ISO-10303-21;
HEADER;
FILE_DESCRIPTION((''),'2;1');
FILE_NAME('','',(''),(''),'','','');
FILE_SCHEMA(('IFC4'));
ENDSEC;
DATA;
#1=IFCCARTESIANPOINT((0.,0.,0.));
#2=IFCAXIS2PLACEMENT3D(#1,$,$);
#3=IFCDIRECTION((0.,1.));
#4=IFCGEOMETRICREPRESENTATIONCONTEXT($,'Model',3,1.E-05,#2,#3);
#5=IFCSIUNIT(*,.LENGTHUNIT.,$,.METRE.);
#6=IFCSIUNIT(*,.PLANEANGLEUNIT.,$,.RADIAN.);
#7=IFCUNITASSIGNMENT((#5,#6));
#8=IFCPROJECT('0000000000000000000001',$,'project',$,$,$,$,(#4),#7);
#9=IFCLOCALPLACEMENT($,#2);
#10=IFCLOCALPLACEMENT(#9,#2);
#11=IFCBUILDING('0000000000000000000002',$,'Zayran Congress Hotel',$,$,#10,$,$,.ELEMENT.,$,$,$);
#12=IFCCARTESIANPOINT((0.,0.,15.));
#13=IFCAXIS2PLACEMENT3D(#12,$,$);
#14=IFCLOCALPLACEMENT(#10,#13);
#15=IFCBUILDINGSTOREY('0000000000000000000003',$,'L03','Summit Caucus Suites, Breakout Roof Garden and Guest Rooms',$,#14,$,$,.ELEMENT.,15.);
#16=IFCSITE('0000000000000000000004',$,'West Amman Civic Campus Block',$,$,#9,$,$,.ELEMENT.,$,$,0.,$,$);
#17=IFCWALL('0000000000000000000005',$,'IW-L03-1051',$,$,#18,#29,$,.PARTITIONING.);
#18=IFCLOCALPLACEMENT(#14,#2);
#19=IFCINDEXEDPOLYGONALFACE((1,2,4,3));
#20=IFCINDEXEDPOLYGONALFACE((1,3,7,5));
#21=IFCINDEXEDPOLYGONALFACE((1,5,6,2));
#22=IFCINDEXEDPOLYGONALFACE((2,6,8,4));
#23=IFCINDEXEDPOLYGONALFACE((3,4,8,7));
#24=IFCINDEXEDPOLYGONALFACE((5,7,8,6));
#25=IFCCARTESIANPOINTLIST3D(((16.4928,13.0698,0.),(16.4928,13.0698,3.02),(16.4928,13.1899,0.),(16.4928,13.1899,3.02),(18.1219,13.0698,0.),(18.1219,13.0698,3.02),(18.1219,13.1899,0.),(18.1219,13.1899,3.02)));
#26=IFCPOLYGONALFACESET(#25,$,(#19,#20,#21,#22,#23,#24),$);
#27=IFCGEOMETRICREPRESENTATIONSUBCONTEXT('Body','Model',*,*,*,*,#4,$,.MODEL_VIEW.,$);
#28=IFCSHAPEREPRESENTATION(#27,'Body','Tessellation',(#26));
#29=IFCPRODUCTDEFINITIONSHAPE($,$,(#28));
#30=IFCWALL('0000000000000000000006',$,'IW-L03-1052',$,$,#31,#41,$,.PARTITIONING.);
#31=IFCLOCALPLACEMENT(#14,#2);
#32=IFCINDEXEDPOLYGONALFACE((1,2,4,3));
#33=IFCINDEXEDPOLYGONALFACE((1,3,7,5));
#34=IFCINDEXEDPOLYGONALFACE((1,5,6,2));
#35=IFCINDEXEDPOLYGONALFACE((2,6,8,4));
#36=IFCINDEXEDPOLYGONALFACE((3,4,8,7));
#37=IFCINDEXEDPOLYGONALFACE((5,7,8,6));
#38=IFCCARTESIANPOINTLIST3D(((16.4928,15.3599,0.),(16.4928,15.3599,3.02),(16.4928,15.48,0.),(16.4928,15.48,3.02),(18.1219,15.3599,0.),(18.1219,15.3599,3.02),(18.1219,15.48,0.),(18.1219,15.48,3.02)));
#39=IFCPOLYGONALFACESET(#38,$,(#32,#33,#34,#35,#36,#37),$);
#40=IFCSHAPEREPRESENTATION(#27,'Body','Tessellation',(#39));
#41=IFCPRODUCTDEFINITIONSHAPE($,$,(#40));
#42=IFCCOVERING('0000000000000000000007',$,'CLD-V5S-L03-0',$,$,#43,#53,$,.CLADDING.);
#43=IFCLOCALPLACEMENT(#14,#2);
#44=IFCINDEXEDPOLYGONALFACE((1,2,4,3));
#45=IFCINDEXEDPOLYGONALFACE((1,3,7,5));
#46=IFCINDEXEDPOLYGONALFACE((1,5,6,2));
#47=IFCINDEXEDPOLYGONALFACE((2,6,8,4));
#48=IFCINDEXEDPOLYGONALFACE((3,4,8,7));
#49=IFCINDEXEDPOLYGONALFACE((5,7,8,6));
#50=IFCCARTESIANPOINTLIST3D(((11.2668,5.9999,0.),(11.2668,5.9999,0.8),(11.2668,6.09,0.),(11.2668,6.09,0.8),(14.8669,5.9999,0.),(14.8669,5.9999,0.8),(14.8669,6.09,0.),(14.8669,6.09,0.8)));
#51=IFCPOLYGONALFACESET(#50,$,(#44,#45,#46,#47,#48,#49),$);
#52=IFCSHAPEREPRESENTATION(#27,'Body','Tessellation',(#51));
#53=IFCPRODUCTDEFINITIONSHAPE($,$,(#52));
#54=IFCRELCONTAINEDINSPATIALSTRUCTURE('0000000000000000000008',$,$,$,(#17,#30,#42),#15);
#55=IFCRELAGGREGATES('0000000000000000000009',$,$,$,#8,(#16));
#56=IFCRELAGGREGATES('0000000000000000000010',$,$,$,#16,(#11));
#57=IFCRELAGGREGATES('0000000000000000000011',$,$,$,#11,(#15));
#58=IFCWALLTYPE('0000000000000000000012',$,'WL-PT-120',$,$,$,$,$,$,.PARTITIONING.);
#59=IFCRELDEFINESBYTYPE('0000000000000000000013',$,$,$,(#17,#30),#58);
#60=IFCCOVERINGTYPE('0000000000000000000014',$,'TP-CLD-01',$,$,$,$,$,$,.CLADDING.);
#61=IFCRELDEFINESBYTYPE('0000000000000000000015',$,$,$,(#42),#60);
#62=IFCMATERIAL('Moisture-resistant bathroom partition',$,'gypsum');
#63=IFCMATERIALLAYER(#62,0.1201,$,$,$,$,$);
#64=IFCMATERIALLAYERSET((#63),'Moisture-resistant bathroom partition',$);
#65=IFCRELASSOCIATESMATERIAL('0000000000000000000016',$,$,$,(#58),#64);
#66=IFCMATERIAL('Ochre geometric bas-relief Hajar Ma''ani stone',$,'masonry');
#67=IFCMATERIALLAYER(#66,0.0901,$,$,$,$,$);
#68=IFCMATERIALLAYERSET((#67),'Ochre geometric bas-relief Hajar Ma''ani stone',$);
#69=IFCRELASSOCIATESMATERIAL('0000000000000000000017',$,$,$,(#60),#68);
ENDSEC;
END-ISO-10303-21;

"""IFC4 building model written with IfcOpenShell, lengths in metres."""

from ifc_helpers import new_model, si_unit, direction, frame, frame_2d, origin, origin_2d, place, context, subcontext, project, spatial, rectangle, extrude, material, layer, layer_set, type_object, element, save


model = new_model("IFC4")

# Units and contexts
model_context = context("Model", 3, precision=1e-05, world=origin(), true_north=direction((0.0, 1.0)))
body_context = subcontext(model_context, "Body", "Model", "MODEL_VIEW")
ifc_project = project(units=[si_unit("LENGTHUNIT", "METRE"), si_unit("PLANEANGLEUNIT", "RADIAN")], contexts=[model_context])

# Site, building, storey
site_placement = place(None, origin())
site = spatial("IfcSite", under=ifc_project, at=site_placement, Name="West Amman Civic Campus Block", CompositionType="ELEMENT", RefElevation=0.0)
building_placement = place(site_placement, origin())
building = spatial("IfcBuilding", under=site, at=building_placement, Name="Zayran Congress Hotel", CompositionType="ELEMENT")
storey_placement = place(building_placement, frame((0.0, 0.0, 15.0)))
storey = spatial("IfcBuildingStorey", under=building, at=storey_placement, Name="L03", Description="Summit Caucus Suites, Breakout Roof Garden and Guest Rooms", CompositionType="ELEMENT", Elevation=15.0)

# Shared definitions
ifc_material_1 = material(Name="Moisture-resistant bathroom partition", Category="gypsum")
ifc_layer_1 = layer(ifc_material_1, 0.1201)
ifc_layer_set_1 = layer_set([ifc_layer_1], Name="Moisture-resistant bathroom partition")
wall_type_1 = type_object("IfcWallType", Name="WL-PT-120", PredefinedType="PARTITIONING", material=ifc_layer_set_1)

# Walls
for number, where, z_axis, x_axis, name in (
    (1, (16.4929, 13.1299, 0.0), (0.0, 0.0, 1.0), (1.0, 0.0, 0.0), "IW-L03-1051"),
    (2, (16.4929, 15.4199, 0.0), (0.0, 0.0, 1.0), (1.0, 0.0, 0.0), "IW-L03-1052"),
):
    element("IfcWall", number, at=place(storey_placement, frame(where, z_axis=z_axis, x_axis=x_axis)), inside=storey, type_object=wall_type_1, Name=name, PredefinedType="PARTITIONING", context=body_context, shape_type="SweptSolid", body=[
        extrude(rectangle(XDim=1.6292, YDim=0.1201, at=frame_2d((0.8145, 0.0))), origin(), (0.0, 0.0, 1.0), 3.02),
    ])

# Covering
ifc_material_2 = material(Name="Ochre geometric bas-relief Hajar Ma'ani stone", Category="masonry")
ifc_layer_2 = layer(ifc_material_2, 0.0901)
ifc_layer_set_2 = layer_set([ifc_layer_2], Name="Ochre geometric bas-relief Hajar Ma'ani stone")
covering_type = type_object("IfcCoveringType", Name="TP-CLD-01", PredefinedType="CLADDING", material=ifc_layer_set_2)
covering_placement = place(storey_placement, frame((13.0669, 6.0449, 0.0), z_axis=(0.0, 0.0, 1.0), x_axis=(1.0, 0.0, 0.0)))
element("IfcCovering", 3, at=covering_placement, inside=storey, type_object=covering_type, Name="CLD-V5S-L03-0", PredefinedType="CLADDING", context=body_context, shape_type="SweptSolid", body=[
    extrude(rectangle(XDim=3.6001, YDim=0.0901, at=origin_2d()), origin(), (0.0, 0.0, 1.0), 0.8),
])

save(model, "model.ifc")
